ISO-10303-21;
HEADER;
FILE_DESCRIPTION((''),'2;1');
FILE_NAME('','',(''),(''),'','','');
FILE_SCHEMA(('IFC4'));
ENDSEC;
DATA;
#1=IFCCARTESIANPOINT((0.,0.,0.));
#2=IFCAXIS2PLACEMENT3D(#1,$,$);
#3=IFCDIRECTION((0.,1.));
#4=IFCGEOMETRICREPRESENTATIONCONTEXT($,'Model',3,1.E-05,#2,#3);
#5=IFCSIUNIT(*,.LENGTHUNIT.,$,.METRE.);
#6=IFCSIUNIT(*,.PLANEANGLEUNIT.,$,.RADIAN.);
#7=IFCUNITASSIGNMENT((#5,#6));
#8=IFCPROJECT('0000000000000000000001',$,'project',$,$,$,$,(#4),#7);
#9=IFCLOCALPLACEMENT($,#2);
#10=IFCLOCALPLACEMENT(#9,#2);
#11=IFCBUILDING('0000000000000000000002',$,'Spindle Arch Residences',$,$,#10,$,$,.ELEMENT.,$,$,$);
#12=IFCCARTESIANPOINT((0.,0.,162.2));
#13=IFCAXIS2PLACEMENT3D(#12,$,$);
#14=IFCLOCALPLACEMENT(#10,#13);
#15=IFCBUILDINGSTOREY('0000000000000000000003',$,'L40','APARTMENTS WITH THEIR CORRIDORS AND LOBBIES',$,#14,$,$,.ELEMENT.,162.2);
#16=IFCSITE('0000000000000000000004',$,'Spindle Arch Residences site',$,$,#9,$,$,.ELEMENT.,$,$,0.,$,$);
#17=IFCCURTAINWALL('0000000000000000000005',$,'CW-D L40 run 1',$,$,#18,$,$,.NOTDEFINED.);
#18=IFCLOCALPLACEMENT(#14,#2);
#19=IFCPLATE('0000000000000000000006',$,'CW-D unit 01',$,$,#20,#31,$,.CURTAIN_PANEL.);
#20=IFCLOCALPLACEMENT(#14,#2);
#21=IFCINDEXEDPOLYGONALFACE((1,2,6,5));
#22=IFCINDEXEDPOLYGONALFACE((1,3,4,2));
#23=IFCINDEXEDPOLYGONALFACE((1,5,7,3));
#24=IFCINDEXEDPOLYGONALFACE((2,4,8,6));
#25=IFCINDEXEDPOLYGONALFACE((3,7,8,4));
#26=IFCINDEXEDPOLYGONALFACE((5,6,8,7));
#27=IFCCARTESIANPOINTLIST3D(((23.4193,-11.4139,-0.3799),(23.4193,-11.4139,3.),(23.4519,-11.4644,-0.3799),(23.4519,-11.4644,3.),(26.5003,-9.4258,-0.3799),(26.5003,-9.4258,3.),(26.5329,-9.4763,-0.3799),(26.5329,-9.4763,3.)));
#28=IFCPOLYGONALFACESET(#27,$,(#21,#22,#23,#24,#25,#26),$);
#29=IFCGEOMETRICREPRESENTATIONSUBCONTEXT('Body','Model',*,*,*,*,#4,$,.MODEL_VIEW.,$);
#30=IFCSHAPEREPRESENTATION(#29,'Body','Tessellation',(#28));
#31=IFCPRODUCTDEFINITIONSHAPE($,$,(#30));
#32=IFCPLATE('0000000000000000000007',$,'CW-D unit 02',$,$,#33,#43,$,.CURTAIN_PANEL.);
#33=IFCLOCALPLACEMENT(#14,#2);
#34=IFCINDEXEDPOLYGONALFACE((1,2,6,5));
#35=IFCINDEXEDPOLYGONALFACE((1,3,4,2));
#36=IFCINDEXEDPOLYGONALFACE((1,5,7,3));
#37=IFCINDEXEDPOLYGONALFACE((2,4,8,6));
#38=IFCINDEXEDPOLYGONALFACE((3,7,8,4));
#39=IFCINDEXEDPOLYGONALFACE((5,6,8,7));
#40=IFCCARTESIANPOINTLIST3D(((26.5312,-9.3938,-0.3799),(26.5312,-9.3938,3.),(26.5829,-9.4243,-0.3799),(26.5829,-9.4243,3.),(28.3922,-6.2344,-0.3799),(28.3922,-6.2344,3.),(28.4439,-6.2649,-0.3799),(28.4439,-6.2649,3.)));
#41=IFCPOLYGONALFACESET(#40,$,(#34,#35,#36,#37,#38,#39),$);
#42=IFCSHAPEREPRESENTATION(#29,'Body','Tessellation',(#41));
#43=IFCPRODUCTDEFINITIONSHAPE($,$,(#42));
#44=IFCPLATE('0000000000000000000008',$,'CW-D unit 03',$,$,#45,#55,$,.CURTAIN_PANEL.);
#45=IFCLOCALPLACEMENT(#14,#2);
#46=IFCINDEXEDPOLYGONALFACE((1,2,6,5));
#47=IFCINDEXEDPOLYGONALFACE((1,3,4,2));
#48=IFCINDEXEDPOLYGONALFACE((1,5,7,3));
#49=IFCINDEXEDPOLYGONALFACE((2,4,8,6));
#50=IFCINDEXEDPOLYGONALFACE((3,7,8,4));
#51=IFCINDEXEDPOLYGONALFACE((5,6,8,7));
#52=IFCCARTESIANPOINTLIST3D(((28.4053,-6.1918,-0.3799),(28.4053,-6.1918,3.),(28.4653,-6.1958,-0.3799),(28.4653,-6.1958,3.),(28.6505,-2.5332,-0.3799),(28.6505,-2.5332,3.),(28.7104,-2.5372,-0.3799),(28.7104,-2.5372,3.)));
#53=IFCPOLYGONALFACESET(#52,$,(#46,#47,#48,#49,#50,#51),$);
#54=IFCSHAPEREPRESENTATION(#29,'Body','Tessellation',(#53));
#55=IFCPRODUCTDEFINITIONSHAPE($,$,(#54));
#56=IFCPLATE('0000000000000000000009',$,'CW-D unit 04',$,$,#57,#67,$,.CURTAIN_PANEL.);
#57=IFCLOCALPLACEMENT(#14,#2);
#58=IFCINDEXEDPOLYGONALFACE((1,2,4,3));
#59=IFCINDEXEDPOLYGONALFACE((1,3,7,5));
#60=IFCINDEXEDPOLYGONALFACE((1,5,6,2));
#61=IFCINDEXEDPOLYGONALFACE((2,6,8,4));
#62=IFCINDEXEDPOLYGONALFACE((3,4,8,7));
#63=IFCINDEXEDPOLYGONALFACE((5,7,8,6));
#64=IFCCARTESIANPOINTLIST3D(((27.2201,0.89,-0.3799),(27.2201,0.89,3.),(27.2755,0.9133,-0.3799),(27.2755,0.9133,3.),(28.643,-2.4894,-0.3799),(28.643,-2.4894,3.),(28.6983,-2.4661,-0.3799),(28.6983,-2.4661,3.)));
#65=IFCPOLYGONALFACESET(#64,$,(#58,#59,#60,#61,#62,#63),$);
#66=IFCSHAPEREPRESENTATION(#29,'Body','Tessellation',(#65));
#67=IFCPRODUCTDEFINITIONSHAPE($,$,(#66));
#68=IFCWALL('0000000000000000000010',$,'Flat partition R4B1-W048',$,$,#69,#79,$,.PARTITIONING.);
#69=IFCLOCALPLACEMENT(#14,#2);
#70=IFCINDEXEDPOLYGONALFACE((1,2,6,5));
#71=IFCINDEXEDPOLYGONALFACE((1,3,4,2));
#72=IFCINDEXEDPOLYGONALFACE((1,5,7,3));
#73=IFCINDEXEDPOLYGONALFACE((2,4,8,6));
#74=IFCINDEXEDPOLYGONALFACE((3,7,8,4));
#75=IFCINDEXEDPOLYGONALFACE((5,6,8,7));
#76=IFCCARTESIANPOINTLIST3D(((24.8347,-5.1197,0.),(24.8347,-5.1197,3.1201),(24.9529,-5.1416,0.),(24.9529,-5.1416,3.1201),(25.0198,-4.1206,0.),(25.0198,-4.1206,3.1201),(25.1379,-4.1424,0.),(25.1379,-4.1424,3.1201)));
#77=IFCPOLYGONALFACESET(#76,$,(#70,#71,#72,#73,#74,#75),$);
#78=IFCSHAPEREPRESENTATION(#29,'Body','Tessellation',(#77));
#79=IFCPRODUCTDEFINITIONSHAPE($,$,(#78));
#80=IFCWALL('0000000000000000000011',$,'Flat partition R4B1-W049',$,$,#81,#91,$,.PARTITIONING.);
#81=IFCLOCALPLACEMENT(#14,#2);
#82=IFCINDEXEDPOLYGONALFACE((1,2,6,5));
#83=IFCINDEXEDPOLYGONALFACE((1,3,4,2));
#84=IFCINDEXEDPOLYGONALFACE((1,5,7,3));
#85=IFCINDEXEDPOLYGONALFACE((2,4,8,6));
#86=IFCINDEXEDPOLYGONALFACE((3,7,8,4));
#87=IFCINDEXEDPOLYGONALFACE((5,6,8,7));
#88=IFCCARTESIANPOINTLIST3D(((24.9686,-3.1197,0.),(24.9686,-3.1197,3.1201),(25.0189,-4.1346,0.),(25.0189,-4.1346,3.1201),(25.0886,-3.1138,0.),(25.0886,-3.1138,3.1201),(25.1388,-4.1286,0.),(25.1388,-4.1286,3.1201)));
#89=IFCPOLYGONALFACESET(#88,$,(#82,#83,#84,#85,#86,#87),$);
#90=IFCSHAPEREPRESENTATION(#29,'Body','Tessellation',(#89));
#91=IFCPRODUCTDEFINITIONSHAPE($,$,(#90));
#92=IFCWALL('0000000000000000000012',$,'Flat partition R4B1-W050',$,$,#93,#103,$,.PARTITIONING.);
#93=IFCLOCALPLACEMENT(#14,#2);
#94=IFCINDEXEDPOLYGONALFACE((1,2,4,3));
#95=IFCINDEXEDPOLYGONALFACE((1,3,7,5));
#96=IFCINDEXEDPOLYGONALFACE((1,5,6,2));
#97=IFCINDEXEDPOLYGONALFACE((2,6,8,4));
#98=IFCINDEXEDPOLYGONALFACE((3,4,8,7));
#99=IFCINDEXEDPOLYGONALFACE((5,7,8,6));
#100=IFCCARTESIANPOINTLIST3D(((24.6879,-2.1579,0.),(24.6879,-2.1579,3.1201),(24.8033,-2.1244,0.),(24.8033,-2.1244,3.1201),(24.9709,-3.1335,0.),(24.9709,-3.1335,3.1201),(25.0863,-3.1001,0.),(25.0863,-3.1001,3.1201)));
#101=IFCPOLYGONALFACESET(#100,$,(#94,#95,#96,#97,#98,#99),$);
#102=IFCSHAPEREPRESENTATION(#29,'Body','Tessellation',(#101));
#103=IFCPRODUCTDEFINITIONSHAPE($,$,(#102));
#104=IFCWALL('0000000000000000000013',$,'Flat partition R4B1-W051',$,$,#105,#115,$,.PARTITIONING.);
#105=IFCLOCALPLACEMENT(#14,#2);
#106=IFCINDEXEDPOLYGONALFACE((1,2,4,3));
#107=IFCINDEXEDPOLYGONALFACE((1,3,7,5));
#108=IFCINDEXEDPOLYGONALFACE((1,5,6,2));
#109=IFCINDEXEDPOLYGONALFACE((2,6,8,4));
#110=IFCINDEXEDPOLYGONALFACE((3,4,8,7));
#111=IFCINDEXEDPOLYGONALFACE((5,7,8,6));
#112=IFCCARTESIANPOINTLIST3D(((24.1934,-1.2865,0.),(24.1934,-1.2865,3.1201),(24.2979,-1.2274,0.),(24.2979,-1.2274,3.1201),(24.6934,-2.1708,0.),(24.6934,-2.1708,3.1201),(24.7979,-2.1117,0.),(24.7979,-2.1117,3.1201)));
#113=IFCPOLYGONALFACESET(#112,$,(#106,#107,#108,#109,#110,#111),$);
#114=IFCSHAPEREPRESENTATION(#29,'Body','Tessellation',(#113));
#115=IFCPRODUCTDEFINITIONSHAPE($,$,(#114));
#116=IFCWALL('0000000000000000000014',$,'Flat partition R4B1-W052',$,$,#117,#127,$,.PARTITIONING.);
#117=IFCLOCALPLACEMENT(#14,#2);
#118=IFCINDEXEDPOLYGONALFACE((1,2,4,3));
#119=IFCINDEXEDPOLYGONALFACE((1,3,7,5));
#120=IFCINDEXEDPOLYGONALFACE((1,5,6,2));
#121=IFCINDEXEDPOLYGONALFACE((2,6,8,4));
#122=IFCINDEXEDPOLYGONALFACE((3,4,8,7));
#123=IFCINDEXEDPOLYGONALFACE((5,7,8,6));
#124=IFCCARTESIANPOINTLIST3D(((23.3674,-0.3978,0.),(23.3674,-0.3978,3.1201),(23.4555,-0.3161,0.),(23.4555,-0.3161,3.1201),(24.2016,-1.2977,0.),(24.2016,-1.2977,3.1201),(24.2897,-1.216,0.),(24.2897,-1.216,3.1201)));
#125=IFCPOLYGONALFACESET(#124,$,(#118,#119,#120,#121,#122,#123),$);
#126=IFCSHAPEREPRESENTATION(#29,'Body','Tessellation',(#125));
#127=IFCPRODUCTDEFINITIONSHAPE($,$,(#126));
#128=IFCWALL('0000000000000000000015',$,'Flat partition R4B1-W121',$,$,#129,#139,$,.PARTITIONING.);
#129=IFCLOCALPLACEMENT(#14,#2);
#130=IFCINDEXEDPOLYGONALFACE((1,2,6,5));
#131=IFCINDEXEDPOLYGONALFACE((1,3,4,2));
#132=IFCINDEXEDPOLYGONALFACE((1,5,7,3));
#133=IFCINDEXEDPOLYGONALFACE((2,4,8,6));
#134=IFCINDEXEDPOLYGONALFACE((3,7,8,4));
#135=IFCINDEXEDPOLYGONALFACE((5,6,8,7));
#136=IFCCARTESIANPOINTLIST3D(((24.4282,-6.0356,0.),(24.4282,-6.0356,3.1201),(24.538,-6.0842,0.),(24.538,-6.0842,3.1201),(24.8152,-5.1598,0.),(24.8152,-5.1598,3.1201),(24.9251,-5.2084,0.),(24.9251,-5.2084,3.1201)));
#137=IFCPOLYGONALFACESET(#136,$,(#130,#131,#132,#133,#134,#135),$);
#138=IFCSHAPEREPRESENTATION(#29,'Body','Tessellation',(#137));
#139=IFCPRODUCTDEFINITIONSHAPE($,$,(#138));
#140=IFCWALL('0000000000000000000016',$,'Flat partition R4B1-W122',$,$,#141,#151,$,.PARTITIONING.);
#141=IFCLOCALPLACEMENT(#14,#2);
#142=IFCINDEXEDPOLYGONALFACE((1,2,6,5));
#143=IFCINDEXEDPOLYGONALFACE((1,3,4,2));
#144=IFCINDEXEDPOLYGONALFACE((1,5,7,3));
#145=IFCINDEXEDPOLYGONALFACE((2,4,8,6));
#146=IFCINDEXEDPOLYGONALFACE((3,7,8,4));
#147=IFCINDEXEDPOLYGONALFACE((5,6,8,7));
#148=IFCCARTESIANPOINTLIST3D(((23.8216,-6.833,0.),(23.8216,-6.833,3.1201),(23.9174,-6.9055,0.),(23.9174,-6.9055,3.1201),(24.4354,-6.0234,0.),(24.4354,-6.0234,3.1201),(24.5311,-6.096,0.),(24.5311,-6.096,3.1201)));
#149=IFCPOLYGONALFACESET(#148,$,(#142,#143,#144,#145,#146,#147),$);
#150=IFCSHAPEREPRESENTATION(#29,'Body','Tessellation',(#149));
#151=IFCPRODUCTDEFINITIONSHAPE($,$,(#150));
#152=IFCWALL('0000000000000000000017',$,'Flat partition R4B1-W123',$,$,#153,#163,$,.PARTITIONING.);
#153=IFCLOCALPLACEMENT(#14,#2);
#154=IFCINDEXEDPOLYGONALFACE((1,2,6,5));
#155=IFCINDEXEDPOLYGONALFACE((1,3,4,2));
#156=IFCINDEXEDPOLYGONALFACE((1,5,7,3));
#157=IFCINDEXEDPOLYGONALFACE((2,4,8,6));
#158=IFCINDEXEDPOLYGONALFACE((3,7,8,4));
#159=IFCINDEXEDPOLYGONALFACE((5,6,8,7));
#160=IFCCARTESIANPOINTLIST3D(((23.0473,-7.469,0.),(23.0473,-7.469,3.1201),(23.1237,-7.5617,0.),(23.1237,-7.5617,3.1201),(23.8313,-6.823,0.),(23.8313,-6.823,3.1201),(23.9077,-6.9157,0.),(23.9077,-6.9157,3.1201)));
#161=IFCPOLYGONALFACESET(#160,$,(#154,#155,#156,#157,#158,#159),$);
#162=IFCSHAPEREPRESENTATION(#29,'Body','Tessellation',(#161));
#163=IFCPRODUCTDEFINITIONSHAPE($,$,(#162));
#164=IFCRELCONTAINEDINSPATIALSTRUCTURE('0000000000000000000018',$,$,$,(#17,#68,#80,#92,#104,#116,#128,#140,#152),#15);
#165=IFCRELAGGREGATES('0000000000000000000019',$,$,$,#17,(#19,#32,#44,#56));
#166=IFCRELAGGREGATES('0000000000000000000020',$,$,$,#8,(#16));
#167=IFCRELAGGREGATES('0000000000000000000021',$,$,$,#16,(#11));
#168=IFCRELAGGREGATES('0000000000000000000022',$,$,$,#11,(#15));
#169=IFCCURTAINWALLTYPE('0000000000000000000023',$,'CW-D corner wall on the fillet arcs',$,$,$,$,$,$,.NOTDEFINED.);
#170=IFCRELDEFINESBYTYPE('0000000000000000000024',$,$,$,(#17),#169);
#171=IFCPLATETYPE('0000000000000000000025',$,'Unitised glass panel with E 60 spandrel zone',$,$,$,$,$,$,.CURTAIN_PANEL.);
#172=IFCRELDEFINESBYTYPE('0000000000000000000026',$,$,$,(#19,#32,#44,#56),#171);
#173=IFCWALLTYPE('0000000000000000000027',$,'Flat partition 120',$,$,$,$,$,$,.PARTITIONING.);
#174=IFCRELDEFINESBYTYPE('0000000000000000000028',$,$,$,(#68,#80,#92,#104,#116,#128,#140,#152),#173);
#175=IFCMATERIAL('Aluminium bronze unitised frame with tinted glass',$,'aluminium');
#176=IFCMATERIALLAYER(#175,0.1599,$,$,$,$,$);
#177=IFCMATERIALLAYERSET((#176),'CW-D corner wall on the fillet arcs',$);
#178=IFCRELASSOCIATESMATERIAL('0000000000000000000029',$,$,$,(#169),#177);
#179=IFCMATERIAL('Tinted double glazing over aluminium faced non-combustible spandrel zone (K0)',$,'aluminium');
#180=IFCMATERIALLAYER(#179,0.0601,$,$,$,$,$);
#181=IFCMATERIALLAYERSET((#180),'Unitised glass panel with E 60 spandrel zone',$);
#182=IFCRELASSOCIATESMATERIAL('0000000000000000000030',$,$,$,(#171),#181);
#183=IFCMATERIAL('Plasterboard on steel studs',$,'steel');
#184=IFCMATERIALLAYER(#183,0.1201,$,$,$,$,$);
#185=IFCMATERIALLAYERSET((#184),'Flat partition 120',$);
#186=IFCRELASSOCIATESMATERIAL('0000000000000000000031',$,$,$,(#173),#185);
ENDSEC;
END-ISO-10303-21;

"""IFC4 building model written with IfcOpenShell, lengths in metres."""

from ifc_helpers import new_model, si_unit, direction, frame, frame_2d, origin, origin_2d, place, context, subcontext, project, spatial, rectangle, extrude, material, layer, layer_set, type_object, element, aggregate, save


model = new_model("IFC4")

# Units and contexts
model_context = context("Model", 3, precision=1e-05, world=origin(), true_north=direction((0.0, 1.0)))
body_context = subcontext(model_context, "Body", "Model", "MODEL_VIEW")
ifc_project = project(units=[si_unit("LENGTHUNIT", "METRE"), si_unit("PLANEANGLEUNIT", "RADIAN")], contexts=[model_context])

# Site, building, storey
site_placement = place(None, origin())
site = spatial("IfcSite", under=ifc_project, at=site_placement, Name="Spindle Arch Residences site", CompositionType="ELEMENT", RefElevation=0.0)
building_placement = place(site_placement, origin())
building = spatial("IfcBuilding", under=site, at=building_placement, Name="Spindle Arch Residences", CompositionType="ELEMENT")
storey_placement = place(building_placement, frame((0.0, 0.0, 162.2)))
storey = spatial("IfcBuildingStorey", under=building, at=storey_placement, Name="L40", Description="APARTMENTS WITH THEIR CORRIDORS AND LOBBIES", CompositionType="ELEMENT", Elevation=162.2)

# Curtain wall
ifc_material_1 = material(Name="Aluminium bronze unitised frame with tinted glass", Category="aluminium")
ifc_layer_1 = layer(ifc_material_1, 0.1599)
ifc_layer_set_1 = layer_set([ifc_layer_1], Name="CW-D corner wall on the fillet arcs")
curtain_wall_type = type_object("IfcCurtainWallType", Name="CW-D corner wall on the fillet arcs", PredefinedType="NOTDEFINED", material=ifc_layer_set_1)
curtain_wall_placement = place(storey_placement, origin())
curtain_wall = element("IfcCurtainWall", 1, at=curtain_wall_placement, inside=storey, type_object=curtain_wall_type, Name="CW-D L40 run 1", PredefinedType="NOTDEFINED")

# Plates
ifc_material_2 = material(Name="Tinted double glazing over aluminium faced non-combustible spandrel zone (K0)", Category="aluminium")
ifc_layer_2 = layer(ifc_material_2, 0.0601)
ifc_layer_set_2 = layer_set([ifc_layer_2], Name="Unitised glass panel with E 60 spandrel zone")
plate_type = type_object("IfcPlateType", Name="Unitised glass panel with E 60 spandrel zone", PredefinedType="CURTAIN_PANEL", material=ifc_layer_set_2)
plate_1_placement = place(storey_placement, frame((24.9761, -10.4451, -0.3799), z_axis=(0.0, 0.0, 1.0), x_axis=(0.840251, 0.542197, 0.0)))
plate_1 = element("IfcPlate", 2, at=plate_1_placement, type_object=plate_type, Name="CW-D unit 01", PredefinedType="CURTAIN_PANEL", context=body_context, shape_type="SweptSolid", body=[
    extrude(rectangle(XDim=3.6667, YDim=0.0601, at=origin_2d()), origin(), (0.0, 0.0, 1.0), 3.3799),
])
plate_2_placement = place(storey_placement, frame((27.4875, -7.8293, -0.3799), z_axis=(0.0, 0.0, 1.0), x_axis=(0.507538, 0.861629, 0.0)))
plate_2 = element("IfcPlate", 3, at=plate_2_placement, type_object=plate_type, Name="CW-D unit 02", PredefinedType="CURTAIN_PANEL", context=body_context, shape_type="SweptSolid", body=[
    extrude(rectangle(XDim=3.6667, YDim=0.0601, at=origin_2d()), origin(), (0.0, 0.0, 1.0), 3.3799),
])
plate_3_placement = place(storey_placement, frame((28.5579, -4.3645, -0.3799), z_axis=(0.0, 0.0, 1.0), x_axis=(0.066854, 0.997763, 0.0)))
plate_3 = element("IfcPlate", 4, at=plate_3_placement, type_object=plate_type, Name="CW-D unit 03", PredefinedType="CURTAIN_PANEL", context=body_context, shape_type="SweptSolid", body=[
    extrude(rectangle(XDim=3.6667, YDim=0.0601, at=origin_2d()), origin(), (0.0, 0.0, 1.0), 3.3799),
])
plate_4_placement = place(storey_placement, frame((27.9592, -0.7881, -0.3799), z_axis=(0.0, 0.0, 1.0), x_axis=(-0.388052, 0.921638, 0.0)))
plate_4 = element("IfcPlate", 5, at=plate_4_placement, type_object=plate_type, Name="CW-D unit 04", PredefinedType="CURTAIN_PANEL", context=body_context, shape_type="SweptSolid", body=[
    extrude(rectangle(XDim=3.6667, YDim=0.0601, at=origin_2d()), origin(), (0.0, 0.0, 1.0), 3.3799),
])
aggregate(curtain_wall, [plate_1, plate_2, plate_3, plate_4])

# Walls
ifc_material_3 = material(Name="Plasterboard on steel studs", Category="steel")
ifc_layer_3 = layer(ifc_material_3, 0.1201)
ifc_layer_set_3 = layer_set([ifc_layer_3], Name="Flat partition 120")
wall_type = type_object("IfcWallType", Name="Flat partition 120", PredefinedType="PARTITIONING", material=ifc_layer_set_3)
for number, where, z_axis, x_axis, name in (
    (6, (24.8938, -5.1306, 0.0), (0.0, 0.0, 1.0), (0.182141, 0.983272, 0.0), "Flat partition R4B1-W048"),
    (7, (25.0789, -4.1316, 0.0), (0.0, 0.0, 1.0), (-0.049494, 0.998774, 0.0), "Flat partition R4B1-W049"),
):
    element("IfcWall", number, at=place(storey_placement, frame(where, z_axis=z_axis, x_axis=x_axis)), inside=storey, type_object=wall_type, Name=name, PredefinedType="PARTITIONING", context=body_context, shape_type="SweptSolid", body=[
        extrude(rectangle(XDim=1.0161, YDim=0.1201, at=frame_2d((0.5081, 0.0))), origin(), (0.0, 0.0, 1.0), 3.1201),
    ])
for number, where, z_axis, x_axis, name in (
    (8, (25.0286, -3.1167, 0.0), (0.0, 0.0, 1.0), (-0.27856, 0.960419, 0.0), "Flat partition R4B1-W050"),
    (9, (24.7456, -2.1411, 0.0), (0.0, 0.0, 1.0), (-0.4922, 0.870482, 0.0), "Flat partition R4B1-W051"),
):
    element("IfcWall", number, at=place(storey_placement, frame(where, z_axis=z_axis, x_axis=x_axis)), inside=storey, type_object=wall_type, Name=name, PredefinedType="PARTITIONING", context=body_context, shape_type="SweptSolid", body=[
        extrude(rectangle(XDim=1.0159, YDim=0.1201, at=frame_2d((0.5078, 0.0))), origin(), (0.0, 0.0, 1.0), 3.1201),
    ])
wall_1_placement = place(storey_placement, frame((24.2456, -1.2568, 0.0), z_axis=(0.0, 0.0, 1.0), x_axis=(-0.67984, 0.73336, 0.0)))
element("IfcWall", 10, at=wall_1_placement, inside=storey, type_object=wall_type, Name="Flat partition R4B1-W052", PredefinedType="PARTITIONING", context=body_context, shape_type="SweptSolid", body=[
    extrude(rectangle(XDim=1.2271, YDim=0.1201, at=frame_2d((0.6135, 0.0))), origin(), (0.0, 0.0, 1.0), 3.1201),
])
wall_2_placement = place(storey_placement, frame((24.8701, -5.1841, 0.0), z_axis=(0.0, 0.0, 1.0), x_axis=(-0.404174, -0.914682, 0.0)))
element("IfcWall", 11, at=wall_2_placement, inside=storey, type_object=wall_type, Name="Flat partition R4B1-W121", PredefinedType="PARTITIONING", context=body_context, shape_type="SweptSolid", body=[
    extrude(rectangle(XDim=0.9575, YDim=0.1201, at=frame_2d((0.4788, 0.0))), origin(), (0.0, 0.0, 1.0), 3.1201),
])
for number, where, z_axis, x_axis, name in (
    (12, (24.4832, -6.0598, 0.0), (0.0, 0.0, 1.0), (-0.604145, -0.796875, 0.0), "Flat partition R4B1-W122"),
    (13, (23.8694, -6.8694, 0.0), (0.0, 0.0, 1.0), (-0.771736, -0.635943, 0.0), "Flat partition R4B1-W123"),
):
    element("IfcWall", number, at=place(storey_placement, frame(where, z_axis=z_axis, x_axis=x_axis)), inside=storey, type_object=wall_type, Name=name, PredefinedType="PARTITIONING", context=body_context, shape_type="SweptSolid", body=[
        extrude(rectangle(XDim=1.0159, YDim=0.1201, at=frame_2d((0.5078, 0.0))), origin(), (0.0, 0.0, 1.0), 3.1201),
    ])

save(model, "model.ifc")
